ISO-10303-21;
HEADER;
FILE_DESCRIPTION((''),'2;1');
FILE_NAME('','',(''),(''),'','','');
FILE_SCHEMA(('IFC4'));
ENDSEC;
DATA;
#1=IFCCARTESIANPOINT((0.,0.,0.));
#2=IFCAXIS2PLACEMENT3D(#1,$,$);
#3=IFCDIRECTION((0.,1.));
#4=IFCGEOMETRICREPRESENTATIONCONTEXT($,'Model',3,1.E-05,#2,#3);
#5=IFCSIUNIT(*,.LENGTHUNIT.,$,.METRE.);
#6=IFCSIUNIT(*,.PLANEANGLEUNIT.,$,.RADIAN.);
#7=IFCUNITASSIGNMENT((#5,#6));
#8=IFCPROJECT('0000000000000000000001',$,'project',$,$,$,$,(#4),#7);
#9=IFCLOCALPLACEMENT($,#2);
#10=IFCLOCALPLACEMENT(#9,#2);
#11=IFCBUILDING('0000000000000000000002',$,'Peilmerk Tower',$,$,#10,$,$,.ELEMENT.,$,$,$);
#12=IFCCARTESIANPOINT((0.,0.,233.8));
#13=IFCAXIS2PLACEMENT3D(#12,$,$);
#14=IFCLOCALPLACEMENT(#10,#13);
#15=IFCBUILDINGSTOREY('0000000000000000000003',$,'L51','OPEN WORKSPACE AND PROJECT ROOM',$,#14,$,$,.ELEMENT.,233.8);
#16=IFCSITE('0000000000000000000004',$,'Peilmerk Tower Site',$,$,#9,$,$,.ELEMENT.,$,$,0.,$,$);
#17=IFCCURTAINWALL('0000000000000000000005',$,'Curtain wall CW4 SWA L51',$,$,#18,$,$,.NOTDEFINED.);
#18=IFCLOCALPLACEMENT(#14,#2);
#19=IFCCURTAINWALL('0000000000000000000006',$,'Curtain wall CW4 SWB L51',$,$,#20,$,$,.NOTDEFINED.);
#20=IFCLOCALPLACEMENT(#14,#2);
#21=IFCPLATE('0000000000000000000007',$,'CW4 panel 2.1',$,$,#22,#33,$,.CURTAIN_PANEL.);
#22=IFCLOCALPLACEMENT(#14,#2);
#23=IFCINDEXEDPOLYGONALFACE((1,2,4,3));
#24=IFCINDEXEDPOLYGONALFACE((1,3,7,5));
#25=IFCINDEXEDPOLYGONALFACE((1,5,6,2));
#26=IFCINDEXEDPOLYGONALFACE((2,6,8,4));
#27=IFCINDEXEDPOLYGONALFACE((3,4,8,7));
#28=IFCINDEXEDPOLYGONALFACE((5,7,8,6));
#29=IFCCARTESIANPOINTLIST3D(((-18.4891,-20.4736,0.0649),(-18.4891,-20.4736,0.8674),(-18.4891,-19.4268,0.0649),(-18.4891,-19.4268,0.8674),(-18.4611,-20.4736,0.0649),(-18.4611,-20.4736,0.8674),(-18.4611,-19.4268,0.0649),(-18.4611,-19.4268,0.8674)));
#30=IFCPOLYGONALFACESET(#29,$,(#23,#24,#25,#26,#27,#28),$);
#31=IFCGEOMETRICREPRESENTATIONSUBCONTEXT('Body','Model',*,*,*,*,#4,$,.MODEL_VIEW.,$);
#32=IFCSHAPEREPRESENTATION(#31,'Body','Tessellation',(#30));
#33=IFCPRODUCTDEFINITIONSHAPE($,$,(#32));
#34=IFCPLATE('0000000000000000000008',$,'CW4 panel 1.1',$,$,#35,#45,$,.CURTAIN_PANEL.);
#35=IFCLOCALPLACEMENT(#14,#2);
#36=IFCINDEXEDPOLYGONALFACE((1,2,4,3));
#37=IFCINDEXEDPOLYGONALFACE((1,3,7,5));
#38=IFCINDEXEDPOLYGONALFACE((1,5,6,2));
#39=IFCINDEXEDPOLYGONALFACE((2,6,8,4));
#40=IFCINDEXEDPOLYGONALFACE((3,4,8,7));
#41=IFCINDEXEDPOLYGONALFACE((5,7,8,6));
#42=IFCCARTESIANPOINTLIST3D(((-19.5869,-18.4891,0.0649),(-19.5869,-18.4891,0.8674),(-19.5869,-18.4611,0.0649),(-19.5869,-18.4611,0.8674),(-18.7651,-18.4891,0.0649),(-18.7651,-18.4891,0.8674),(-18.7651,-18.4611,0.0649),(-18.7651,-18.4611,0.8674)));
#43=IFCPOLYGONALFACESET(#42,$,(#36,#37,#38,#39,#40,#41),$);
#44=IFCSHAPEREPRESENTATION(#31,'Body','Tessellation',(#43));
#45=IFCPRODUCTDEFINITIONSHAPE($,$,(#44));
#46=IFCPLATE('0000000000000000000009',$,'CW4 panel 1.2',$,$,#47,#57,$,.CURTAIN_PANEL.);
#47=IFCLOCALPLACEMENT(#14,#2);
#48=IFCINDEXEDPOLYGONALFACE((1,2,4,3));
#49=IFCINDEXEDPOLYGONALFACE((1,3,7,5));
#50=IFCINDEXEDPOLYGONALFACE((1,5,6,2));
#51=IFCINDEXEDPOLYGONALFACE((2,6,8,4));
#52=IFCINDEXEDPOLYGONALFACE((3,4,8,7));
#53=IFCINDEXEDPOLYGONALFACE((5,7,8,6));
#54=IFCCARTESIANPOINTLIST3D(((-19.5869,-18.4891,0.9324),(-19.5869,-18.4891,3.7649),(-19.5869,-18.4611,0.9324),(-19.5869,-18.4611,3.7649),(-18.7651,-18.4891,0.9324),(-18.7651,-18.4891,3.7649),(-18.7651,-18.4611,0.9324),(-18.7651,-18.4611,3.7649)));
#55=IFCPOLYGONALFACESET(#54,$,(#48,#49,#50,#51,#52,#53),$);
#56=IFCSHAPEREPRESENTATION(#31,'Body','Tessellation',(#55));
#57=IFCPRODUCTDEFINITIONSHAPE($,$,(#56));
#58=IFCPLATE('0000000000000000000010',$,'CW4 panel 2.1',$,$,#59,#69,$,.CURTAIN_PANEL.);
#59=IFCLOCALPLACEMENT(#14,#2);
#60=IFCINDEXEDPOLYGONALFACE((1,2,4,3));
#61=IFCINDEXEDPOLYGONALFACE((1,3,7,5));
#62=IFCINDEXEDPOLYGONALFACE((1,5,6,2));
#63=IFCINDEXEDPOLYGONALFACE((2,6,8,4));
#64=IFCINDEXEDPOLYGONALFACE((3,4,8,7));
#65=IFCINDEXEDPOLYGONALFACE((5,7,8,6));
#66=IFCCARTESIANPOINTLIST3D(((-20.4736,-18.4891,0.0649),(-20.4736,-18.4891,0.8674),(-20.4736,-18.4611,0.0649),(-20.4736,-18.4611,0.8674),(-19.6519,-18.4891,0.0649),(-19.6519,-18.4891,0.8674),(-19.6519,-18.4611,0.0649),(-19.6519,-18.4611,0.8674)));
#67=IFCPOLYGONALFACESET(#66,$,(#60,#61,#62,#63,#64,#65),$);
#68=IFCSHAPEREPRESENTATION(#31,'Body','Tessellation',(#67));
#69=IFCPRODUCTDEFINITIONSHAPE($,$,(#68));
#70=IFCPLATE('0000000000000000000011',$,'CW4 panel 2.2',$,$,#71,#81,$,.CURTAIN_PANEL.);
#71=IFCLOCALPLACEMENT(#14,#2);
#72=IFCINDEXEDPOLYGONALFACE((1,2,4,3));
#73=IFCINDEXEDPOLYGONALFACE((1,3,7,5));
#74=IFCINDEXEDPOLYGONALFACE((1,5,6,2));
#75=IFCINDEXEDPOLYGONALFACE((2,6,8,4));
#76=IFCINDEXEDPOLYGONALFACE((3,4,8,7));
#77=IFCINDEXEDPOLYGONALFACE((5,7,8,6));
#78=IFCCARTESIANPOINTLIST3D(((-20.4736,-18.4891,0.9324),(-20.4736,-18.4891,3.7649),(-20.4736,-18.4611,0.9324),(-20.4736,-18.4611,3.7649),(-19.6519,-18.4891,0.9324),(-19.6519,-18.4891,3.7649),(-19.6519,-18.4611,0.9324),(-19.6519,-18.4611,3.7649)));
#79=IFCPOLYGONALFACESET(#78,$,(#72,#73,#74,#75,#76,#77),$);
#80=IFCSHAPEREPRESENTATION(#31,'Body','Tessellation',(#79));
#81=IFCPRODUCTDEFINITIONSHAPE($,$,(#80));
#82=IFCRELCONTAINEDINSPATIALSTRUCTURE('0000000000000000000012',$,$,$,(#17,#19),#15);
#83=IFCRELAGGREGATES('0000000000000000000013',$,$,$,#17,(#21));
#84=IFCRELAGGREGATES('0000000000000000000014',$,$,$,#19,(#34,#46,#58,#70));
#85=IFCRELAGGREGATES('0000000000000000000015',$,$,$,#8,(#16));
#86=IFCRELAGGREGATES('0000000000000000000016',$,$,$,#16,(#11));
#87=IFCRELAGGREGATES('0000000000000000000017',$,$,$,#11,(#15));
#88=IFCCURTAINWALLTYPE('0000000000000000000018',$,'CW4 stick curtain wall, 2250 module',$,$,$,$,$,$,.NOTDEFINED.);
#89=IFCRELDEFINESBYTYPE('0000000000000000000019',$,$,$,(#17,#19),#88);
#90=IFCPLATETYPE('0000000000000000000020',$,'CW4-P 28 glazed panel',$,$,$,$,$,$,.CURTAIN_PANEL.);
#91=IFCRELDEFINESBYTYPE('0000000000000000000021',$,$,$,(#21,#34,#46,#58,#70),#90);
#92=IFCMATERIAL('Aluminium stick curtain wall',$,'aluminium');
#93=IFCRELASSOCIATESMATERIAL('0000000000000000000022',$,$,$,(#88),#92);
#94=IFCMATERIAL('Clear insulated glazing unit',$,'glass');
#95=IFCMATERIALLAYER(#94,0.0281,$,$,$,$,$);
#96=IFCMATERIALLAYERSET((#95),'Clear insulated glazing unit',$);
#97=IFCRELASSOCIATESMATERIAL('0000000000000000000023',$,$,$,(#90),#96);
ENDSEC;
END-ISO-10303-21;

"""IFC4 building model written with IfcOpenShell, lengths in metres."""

from ifc_helpers import new_model, si_unit, direction, frame, origin, origin_2d, place, context, subcontext, project, spatial, rectangle, extrude, material, layer, layer_set, type_object, element, aggregate, save


model = new_model("IFC4")

# Units and contexts
model_context = context("Model", 3, precision=1e-05, world=origin(), true_north=direction((0.0, 1.0)))
body_context = subcontext(model_context, "Body", "Model", "MODEL_VIEW")
ifc_project = project(units=[si_unit("LENGTHUNIT", "METRE"), si_unit("PLANEANGLEUNIT", "RADIAN")], contexts=[model_context])

# Site, building, storey
site_placement = place(None, origin())
site = spatial("IfcSite", under=ifc_project, at=site_placement, Name="Peilmerk Tower Site", CompositionType="ELEMENT", RefElevation=0.0)
building_placement = place(site_placement, origin())
building = spatial("IfcBuilding", under=site, at=building_placement, Name="Peilmerk Tower", CompositionType="ELEMENT")
storey_placement = place(building_placement, frame((0.0, 0.0, 233.8)))
storey = spatial("IfcBuildingStorey", under=building, at=storey_placement, Name="L51", Description="OPEN WORKSPACE AND PROJECT ROOM", CompositionType="ELEMENT", Elevation=233.8)

# Curtain wall
ifc_material_1 = material(Name="Aluminium stick curtain wall", Category="aluminium")
curtain_wall_type = type_object("IfcCurtainWallType", Name="CW4 stick curtain wall, 2250 module", PredefinedType="NOTDEFINED", material=ifc_material_1)
curtain_wall_1_placement = place(storey_placement, origin())
curtain_wall_1 = element("IfcCurtainWall", 1, at=curtain_wall_1_placement, inside=storey, type_object=curtain_wall_type, Name="Curtain wall CW4 SWA L51", PredefinedType="NOTDEFINED")

# Curtain wall
curtain_wall_2_placement = place(storey_placement, origin())
curtain_wall_2 = element("IfcCurtainWall", 2, at=curtain_wall_2_placement, inside=storey, type_object=curtain_wall_type, Name="Curtain wall CW4 SWB L51", PredefinedType="NOTDEFINED")

# Plates
ifc_material_2 = material(Name="Clear insulated glazing unit", Category="glass")
ifc_layer_1 = layer(ifc_material_2, 0.0281)
ifc_layer_set_1 = layer_set([ifc_layer_1], Name="Clear insulated glazing unit")
plate_type = type_object("IfcPlateType", Name="CW4-P 28 glazed panel", PredefinedType="CURTAIN_PANEL", material=ifc_layer_set_1)
plate_1_placement = place(storey_placement, frame((-18.4751, -19.9502, 0.0649), z_axis=(0.0, 0.0, 1.0), x_axis=(0.0, -1.0, 0.0)))
plate_1 = element("IfcPlate", 3, at=plate_1_placement, type_object=plate_type, Name="CW4 panel 2.1", PredefinedType="CURTAIN_PANEL", context=body_context, shape_type="SweptSolid", body=[
    extrude(rectangle(XDim=1.0469, YDim=0.0281, at=origin_2d()), origin(), (0.0, 0.0, 1.0), 0.8025),
])
aggregate(curtain_wall_1, [plate_1])
plate_2_placement = place(storey_placement, frame((-19.176, -18.4751, 0.0649), z_axis=(0.0, 0.0, 1.0), x_axis=(-1.0, 0.0, 0.0)))
plate_2 = element("IfcPlate", 4, at=plate_2_placement, type_object=plate_type, Name="CW4 panel 1.1", PredefinedType="CURTAIN_PANEL", context=body_context, shape_type="SweptSolid", body=[
    extrude(rectangle(XDim=0.8218, YDim=0.0281, at=origin_2d()), origin(), (0.0, 0.0, 1.0), 0.8025),
])
plate_3_placement = place(storey_placement, frame((-19.176, -18.4751, 0.9324), z_axis=(0.0, 0.0, 1.0), x_axis=(-1.0, 0.0, 0.0)))
plate_3 = element("IfcPlate", 5, at=plate_3_placement, type_object=plate_type, Name="CW4 panel 1.2", PredefinedType="CURTAIN_PANEL", context=body_context, shape_type="SweptSolid", body=[
    extrude(rectangle(XDim=0.8218, YDim=0.0281, at=origin_2d()), origin(), (0.0, 0.0, 1.0), 2.8325),
])
plate_4_placement = place(storey_placement, frame((-20.0627, -18.4751, 0.0649), z_axis=(0.0, 0.0, 1.0), x_axis=(-1.0, 0.0, 0.0)))
plate_4 = element("IfcPlate", 6, at=plate_4_placement, type_object=plate_type, Name="CW4 panel 2.1", PredefinedType="CURTAIN_PANEL", context=body_context, shape_type="SweptSolid", body=[
    extrude(rectangle(XDim=0.8218, YDim=0.0281, at=origin_2d()), origin(), (0.0, 0.0, 1.0), 0.8025),
])
plate_5_placement = place(storey_placement, frame((-20.0627, -18.4751, 0.9324), z_axis=(0.0, 0.0, 1.0), x_axis=(-1.0, 0.0, 0.0)))
plate_5 = element("IfcPlate", 7, at=plate_5_placement, type_object=plate_type, Name="CW4 panel 2.2", PredefinedType="CURTAIN_PANEL", context=body_context, shape_type="SweptSolid", body=[
    extrude(rectangle(XDim=0.8218, YDim=0.0281, at=origin_2d()), origin(), (0.0, 0.0, 1.0), 2.8325),
])
aggregate(curtain_wall_2, [plate_2, plate_3, plate_4, plate_5])

save(model, "model.ifc")
